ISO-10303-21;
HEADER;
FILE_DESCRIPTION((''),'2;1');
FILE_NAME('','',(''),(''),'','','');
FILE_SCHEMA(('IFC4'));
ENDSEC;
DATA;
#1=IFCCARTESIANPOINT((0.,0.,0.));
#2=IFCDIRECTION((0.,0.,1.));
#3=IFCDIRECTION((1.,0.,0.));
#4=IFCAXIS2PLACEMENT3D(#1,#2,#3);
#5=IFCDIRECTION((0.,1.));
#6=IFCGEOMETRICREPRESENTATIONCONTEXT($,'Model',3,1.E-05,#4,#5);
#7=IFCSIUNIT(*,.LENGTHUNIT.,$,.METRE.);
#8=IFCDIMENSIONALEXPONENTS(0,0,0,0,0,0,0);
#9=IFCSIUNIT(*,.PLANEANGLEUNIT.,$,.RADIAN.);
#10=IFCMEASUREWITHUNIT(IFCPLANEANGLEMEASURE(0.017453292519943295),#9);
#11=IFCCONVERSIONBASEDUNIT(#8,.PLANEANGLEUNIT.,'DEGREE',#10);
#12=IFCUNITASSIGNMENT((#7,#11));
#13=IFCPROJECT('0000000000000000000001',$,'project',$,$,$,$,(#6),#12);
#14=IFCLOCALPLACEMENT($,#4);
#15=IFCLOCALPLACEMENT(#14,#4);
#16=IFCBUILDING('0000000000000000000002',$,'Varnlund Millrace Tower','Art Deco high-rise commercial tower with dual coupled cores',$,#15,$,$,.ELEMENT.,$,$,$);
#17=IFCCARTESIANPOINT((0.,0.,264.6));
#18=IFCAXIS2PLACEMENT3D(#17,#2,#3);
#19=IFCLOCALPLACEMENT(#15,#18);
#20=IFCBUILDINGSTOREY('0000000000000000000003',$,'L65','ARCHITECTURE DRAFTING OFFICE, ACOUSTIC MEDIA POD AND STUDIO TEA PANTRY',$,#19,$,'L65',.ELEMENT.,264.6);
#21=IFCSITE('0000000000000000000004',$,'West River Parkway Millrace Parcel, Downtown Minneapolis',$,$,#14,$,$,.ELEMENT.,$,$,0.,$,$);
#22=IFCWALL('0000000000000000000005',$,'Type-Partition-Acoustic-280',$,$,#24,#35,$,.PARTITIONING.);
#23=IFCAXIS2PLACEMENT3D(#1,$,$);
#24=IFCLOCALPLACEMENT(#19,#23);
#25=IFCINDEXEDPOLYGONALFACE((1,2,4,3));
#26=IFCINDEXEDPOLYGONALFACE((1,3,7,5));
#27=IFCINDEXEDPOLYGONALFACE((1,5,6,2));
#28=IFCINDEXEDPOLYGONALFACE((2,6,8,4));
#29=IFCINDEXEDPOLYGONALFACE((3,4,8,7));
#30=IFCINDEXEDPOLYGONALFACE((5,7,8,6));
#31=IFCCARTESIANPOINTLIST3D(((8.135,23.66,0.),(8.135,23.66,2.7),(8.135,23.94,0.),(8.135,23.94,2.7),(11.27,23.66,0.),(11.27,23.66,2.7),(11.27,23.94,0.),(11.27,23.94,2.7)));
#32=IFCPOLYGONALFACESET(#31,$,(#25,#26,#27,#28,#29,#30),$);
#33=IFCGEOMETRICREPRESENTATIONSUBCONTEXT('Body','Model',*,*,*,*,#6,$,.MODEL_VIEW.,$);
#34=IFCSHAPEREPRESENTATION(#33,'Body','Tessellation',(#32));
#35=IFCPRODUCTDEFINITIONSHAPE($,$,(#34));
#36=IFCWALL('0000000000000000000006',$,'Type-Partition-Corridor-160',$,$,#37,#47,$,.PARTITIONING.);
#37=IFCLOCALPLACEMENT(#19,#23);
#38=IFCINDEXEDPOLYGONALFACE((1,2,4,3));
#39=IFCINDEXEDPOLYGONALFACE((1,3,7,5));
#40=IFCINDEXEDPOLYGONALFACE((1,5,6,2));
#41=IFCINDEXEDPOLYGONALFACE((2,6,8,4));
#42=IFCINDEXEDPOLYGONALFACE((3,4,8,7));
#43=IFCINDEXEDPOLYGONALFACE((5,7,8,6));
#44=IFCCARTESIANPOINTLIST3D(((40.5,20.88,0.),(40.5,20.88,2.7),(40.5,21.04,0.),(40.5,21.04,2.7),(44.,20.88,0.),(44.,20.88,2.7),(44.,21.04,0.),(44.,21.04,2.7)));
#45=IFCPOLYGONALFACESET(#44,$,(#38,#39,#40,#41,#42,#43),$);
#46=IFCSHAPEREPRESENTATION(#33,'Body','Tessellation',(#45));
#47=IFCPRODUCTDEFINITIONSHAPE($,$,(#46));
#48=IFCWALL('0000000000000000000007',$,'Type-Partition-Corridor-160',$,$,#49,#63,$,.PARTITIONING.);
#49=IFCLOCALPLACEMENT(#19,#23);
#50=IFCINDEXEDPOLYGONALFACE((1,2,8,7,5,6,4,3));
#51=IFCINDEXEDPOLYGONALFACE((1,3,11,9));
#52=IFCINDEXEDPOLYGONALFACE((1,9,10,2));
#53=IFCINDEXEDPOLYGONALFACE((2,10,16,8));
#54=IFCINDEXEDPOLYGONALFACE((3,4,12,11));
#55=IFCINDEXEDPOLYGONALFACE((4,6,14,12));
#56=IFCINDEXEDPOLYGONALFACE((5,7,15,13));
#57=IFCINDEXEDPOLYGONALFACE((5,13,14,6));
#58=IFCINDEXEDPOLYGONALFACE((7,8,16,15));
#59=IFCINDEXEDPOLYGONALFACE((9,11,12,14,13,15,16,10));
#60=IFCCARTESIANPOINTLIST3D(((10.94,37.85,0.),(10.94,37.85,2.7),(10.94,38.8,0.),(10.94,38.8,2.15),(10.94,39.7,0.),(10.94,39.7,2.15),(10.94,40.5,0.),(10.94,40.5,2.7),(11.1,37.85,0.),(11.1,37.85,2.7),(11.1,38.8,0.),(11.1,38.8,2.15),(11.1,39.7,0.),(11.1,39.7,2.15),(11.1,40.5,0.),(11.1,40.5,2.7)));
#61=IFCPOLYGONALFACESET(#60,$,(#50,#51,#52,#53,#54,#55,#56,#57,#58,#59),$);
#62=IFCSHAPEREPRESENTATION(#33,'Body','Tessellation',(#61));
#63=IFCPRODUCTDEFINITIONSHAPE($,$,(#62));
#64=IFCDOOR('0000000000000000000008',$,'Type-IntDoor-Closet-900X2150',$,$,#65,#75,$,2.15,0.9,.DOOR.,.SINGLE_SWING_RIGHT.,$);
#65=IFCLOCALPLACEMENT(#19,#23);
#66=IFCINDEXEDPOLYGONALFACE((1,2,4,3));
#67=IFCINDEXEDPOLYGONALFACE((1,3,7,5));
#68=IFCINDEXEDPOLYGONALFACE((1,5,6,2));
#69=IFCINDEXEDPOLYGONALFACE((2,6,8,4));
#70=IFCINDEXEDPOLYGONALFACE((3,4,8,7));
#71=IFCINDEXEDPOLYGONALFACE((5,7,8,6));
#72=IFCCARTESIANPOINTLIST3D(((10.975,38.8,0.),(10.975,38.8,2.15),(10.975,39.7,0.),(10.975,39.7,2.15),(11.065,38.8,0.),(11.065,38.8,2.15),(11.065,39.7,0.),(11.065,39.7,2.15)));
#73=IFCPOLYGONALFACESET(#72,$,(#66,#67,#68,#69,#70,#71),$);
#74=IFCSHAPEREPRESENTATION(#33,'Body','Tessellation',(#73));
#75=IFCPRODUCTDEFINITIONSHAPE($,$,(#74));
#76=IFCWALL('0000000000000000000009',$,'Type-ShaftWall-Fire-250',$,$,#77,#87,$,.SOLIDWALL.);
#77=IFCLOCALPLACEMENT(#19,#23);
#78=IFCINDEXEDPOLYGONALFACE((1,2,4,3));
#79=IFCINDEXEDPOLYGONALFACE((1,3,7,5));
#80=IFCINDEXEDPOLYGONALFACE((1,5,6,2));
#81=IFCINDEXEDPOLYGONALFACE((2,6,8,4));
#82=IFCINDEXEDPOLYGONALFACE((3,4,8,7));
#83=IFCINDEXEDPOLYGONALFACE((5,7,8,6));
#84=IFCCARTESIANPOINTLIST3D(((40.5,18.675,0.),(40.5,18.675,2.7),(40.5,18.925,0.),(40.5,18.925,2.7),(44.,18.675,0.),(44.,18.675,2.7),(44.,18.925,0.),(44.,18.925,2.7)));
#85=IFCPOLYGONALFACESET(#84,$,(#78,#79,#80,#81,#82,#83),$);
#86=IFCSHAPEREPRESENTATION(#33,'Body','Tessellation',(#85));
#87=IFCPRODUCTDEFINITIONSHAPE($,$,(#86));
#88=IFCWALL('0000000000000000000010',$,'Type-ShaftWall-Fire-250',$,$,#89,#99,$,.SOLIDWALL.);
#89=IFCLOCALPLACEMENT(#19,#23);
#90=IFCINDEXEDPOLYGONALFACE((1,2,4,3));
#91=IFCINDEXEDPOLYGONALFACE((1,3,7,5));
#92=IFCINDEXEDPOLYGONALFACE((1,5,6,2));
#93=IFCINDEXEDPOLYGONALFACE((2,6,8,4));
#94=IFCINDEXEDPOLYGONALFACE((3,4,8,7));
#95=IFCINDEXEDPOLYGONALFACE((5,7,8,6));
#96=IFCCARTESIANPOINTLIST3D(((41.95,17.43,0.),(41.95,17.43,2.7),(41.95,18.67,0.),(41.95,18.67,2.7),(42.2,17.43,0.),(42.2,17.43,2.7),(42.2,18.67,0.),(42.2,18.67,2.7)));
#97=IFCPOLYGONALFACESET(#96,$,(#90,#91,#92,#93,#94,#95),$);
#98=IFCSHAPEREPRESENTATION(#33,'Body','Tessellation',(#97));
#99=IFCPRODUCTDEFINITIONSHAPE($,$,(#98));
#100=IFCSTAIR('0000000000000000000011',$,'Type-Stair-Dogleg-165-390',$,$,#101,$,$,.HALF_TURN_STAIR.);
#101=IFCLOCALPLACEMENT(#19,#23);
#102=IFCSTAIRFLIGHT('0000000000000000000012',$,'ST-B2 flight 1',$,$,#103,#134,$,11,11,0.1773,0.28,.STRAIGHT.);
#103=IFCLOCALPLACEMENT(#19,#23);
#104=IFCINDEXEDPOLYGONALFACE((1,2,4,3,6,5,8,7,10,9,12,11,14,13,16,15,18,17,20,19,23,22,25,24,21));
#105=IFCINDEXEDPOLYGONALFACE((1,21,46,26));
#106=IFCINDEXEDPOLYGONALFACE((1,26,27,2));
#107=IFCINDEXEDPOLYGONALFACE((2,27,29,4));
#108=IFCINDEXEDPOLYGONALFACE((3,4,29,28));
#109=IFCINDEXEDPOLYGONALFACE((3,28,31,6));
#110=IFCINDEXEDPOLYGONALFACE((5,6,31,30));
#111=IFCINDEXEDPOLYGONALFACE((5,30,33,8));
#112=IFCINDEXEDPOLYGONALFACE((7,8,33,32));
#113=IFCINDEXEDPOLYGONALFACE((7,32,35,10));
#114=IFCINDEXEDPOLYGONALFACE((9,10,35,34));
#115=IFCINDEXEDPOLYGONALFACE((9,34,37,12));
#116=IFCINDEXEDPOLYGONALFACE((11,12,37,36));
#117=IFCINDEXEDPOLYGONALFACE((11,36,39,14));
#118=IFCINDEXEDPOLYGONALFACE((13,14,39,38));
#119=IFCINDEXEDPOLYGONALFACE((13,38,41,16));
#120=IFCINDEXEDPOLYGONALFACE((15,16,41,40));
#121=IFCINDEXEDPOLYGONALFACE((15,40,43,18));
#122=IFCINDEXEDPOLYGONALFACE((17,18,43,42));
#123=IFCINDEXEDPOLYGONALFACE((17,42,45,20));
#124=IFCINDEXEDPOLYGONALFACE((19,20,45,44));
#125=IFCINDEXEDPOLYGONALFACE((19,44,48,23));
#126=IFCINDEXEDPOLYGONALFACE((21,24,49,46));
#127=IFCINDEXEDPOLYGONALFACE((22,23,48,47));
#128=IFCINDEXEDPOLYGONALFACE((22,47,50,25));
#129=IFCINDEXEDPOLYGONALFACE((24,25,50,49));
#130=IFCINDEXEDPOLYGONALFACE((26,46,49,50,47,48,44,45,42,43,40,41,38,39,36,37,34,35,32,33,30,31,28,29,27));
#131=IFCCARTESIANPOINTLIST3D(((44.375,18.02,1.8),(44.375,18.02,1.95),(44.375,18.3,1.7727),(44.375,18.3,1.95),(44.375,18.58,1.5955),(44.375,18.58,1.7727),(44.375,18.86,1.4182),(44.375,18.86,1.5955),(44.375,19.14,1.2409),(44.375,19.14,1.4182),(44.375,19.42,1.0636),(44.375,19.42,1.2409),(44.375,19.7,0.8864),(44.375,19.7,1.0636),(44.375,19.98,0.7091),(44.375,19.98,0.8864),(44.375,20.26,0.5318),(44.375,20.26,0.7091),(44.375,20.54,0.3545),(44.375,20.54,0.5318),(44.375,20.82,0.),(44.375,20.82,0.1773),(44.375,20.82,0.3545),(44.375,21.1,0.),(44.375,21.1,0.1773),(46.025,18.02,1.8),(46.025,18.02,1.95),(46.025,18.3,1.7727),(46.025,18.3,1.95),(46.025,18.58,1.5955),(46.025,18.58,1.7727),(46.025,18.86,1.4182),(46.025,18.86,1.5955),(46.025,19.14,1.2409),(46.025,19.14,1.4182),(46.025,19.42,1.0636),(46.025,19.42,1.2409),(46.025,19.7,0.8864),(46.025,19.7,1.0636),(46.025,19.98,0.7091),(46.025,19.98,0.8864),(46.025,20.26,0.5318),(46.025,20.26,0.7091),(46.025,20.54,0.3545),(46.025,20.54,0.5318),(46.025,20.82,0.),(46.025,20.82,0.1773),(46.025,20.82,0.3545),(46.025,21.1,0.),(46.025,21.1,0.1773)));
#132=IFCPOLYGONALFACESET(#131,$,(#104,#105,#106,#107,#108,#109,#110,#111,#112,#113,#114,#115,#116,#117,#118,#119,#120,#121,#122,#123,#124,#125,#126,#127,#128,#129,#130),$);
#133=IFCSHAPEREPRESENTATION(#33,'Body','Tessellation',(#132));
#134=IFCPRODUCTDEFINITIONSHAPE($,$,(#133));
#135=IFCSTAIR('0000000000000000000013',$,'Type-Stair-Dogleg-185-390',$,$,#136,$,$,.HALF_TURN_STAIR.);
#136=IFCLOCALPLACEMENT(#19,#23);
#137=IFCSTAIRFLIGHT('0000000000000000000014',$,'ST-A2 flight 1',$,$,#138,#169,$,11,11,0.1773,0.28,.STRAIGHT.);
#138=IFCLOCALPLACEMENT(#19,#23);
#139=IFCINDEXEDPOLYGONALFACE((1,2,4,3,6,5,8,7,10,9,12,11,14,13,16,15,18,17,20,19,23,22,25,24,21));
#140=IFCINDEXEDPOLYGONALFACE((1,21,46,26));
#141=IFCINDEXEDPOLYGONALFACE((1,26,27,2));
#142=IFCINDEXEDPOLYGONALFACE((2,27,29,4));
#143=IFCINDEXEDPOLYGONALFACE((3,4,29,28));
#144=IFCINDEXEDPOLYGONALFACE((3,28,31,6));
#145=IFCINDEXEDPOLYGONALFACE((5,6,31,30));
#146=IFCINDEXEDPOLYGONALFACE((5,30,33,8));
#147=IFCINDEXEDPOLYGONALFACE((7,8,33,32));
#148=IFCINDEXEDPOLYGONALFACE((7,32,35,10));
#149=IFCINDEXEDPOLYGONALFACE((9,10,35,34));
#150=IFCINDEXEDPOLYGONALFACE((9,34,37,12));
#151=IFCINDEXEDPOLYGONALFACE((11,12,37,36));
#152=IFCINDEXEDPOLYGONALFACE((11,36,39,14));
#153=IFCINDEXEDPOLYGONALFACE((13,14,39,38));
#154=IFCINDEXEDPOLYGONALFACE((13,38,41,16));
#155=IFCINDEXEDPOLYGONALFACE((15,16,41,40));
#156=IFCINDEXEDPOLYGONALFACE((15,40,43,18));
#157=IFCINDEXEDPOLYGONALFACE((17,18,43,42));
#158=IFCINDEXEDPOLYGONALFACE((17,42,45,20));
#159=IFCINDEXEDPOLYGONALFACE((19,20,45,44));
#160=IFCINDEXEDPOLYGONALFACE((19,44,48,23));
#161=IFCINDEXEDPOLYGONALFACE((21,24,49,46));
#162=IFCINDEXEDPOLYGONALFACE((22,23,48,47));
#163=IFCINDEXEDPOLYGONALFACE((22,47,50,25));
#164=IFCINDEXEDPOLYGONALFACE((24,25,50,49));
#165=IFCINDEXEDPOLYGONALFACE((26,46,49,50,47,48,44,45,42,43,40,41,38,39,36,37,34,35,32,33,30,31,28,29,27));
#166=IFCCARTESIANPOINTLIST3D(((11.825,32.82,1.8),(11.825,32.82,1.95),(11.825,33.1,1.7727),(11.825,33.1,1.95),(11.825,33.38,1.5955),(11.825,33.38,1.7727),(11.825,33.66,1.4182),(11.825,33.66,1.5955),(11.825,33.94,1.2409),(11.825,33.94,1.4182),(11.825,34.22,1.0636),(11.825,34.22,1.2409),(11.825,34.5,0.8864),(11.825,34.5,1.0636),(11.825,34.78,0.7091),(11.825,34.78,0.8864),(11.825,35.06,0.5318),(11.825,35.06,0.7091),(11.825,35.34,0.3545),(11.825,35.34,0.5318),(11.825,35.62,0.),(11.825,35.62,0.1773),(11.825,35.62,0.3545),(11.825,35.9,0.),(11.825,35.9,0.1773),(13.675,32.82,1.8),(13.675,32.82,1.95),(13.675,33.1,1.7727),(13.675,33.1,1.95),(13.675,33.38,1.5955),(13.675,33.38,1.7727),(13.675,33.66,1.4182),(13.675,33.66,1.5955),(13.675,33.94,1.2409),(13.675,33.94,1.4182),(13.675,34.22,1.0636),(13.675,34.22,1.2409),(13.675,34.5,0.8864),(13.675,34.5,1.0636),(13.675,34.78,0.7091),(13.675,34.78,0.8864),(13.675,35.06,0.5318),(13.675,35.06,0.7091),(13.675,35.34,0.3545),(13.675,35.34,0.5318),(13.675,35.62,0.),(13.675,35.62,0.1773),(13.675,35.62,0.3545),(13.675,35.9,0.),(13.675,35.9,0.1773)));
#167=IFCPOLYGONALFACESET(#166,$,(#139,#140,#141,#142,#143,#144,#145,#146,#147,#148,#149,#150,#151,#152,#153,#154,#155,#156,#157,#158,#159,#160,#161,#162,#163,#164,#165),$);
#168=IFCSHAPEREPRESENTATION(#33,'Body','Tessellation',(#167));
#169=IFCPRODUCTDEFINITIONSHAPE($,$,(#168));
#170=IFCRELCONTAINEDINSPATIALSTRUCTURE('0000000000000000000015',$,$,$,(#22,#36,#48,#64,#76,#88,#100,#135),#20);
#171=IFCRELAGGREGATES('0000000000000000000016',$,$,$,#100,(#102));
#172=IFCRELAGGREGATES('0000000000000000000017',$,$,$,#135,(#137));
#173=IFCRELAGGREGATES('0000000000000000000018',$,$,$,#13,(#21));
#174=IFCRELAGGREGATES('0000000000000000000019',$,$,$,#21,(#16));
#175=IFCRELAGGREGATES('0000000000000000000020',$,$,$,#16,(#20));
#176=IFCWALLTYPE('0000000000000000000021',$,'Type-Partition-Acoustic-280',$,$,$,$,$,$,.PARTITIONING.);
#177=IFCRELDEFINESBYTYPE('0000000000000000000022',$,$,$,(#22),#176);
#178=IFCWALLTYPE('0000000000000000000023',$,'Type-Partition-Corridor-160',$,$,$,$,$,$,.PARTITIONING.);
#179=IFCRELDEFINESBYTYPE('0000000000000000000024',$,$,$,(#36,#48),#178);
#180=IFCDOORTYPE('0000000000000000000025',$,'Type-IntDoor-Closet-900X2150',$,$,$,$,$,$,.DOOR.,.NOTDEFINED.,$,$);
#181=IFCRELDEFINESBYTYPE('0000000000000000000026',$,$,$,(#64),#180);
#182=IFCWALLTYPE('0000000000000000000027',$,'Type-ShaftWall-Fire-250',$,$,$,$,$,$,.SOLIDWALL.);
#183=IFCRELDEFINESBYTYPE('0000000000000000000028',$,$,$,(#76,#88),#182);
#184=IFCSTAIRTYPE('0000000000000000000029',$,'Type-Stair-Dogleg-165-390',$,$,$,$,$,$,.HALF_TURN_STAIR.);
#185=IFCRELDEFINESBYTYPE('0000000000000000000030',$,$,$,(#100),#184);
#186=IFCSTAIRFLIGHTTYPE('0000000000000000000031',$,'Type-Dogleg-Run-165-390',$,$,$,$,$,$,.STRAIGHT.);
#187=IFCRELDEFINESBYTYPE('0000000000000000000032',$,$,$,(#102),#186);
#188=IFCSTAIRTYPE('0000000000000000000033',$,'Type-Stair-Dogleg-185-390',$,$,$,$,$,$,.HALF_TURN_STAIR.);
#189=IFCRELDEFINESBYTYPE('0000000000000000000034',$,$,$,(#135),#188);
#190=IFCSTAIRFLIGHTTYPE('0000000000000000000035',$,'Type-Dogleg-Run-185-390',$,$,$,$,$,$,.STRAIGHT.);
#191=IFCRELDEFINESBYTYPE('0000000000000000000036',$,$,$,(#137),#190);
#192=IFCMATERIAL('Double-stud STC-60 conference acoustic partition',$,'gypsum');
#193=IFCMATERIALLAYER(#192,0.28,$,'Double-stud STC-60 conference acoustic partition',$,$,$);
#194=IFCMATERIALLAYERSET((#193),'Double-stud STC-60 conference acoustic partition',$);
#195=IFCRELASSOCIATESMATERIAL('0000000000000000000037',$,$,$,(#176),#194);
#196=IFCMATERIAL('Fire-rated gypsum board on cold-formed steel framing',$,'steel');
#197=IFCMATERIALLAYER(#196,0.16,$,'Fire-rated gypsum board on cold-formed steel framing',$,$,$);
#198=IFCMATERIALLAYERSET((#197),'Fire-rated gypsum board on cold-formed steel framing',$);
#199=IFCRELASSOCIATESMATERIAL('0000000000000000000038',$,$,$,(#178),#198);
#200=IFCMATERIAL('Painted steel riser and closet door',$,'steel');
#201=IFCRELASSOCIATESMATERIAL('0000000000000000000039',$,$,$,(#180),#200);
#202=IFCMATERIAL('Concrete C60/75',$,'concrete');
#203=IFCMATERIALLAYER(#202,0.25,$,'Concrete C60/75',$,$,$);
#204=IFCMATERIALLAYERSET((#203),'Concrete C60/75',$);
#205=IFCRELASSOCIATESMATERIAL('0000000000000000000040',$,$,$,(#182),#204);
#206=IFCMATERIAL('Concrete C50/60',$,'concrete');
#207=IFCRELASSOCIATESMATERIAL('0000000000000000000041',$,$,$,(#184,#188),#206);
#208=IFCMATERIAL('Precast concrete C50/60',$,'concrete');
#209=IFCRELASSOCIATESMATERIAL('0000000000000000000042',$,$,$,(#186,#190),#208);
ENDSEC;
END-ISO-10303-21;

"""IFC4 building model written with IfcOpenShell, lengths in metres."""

from ifc_helpers import new_model, entity, si_unit, converted_unit, direction, frame, origin_with_axes, origin_2d_with_axis, place, context, subcontext, project, spatial, polyline, rectangle, outline, extrude, material, layer, layer_set, type_object, element, fill, aggregate, save


model = new_model("IFC4")

# Units and contexts
model_context = context("Model", 3, precision=1e-05, world=origin_with_axes(), true_north=direction((0.0, 1.0)))
body_context = subcontext(model_context, "Body", "Model", "MODEL_VIEW")
ifc_project = project(units=[si_unit("LENGTHUNIT", "METRE"), converted_unit("PLANEANGLEUNIT", "DEGREE", entity("IfcPlaneAngleMeasure", 0.017453292519943295), si_unit("PLANEANGLEUNIT", "RADIAN"), dimensions=[0, 0, 0, 0, 0, 0, 0])], contexts=[model_context])

# Site, building, storey
site_placement = place(None, origin_with_axes())
site = spatial("IfcSite", under=ifc_project, at=site_placement, Name="West River Parkway Millrace Parcel, Downtown Minneapolis", CompositionType="ELEMENT", RefElevation=0.0)
building_placement = place(site_placement, origin_with_axes())
building = spatial("IfcBuilding", under=site, at=building_placement, Name="Varnlund Millrace Tower", Description="Art Deco high-rise commercial tower with dual coupled cores", CompositionType="ELEMENT")
storey_placement = place(building_placement, frame((0.0, 0.0, 264.6), z_axis=(0.0, 0.0, 1.0), x_axis=(1.0, 0.0, 0.0)))
storey = spatial("IfcBuildingStorey", under=building, at=storey_placement, Name="L65", Description="ARCHITECTURE DRAFTING OFFICE, ACOUSTIC MEDIA POD AND STUDIO TEA PANTRY", LongName="L65", CompositionType="ELEMENT", Elevation=264.6)

# Shared definitions
ifc_material_1 = material(Name="Concrete C60/75", Category="concrete")

# Walls
ifc_material_2 = material(Name="Double-stud STC-60 conference acoustic partition", Category="gypsum")
ifc_layer_1 = layer(ifc_material_2, 0.28, Name="Double-stud STC-60 conference acoustic partition")
ifc_layer_set_1 = layer_set([ifc_layer_1], Name="Double-stud STC-60 conference acoustic partition")
wall_type_1 = type_object("IfcWallType", Name="Type-Partition-Acoustic-280", PredefinedType="PARTITIONING", material=ifc_layer_set_1)
wall_1_placement = place(storey_placement, frame((8.135, 23.8, 0.0), z_axis=(0.0, 0.0, 1.0), x_axis=(1.0, 0.0, 0.0)))
element("IfcWall", 1, at=wall_1_placement, inside=storey, type_object=wall_type_1, Name="Type-Partition-Acoustic-280", PredefinedType="PARTITIONING", context=body_context, shape_type="SweptSolid", body=[
    extrude(outline(polyline([(0.0, -0.14), (3.135, -0.14), (3.135, 0.14), (0.0, 0.14), (0.0, -0.14)])), origin_with_axes(), (0.0, 0.0, 1.0), 2.7),
])
ifc_material_3 = material(Name="Fire-rated gypsum board on cold-formed steel framing", Category="steel")
ifc_layer_2 = layer(ifc_material_3, 0.16, Name="Fire-rated gypsum board on cold-formed steel framing")
ifc_layer_set_2 = layer_set([ifc_layer_2], Name="Fire-rated gypsum board on cold-formed steel framing")
wall_type_2 = type_object("IfcWallType", Name="Type-Partition-Corridor-160", PredefinedType="PARTITIONING", material=ifc_layer_set_2)
wall_2_placement = place(storey_placement, frame((40.5, 20.96, 0.0), z_axis=(0.0, 0.0, 1.0), x_axis=(1.0, 0.0, 0.0)))
element("IfcWall", 2, at=wall_2_placement, inside=storey, type_object=wall_type_2, Name="Type-Partition-Corridor-160", PredefinedType="PARTITIONING", context=body_context, shape_type="SweptSolid", body=[
    extrude(outline(polyline([(0.0, -0.08), (3.5, -0.08), (3.5, 0.08), (0.0, 0.08), (0.0, -0.08)])), origin_with_axes(), (0.0, 0.0, 1.0), 2.7),
])

# Wall, opening, door
wall_3_placement = place(storey_placement, frame((11.02, 37.85, 0.0), z_axis=(0.0, 0.0, 1.0), x_axis=(0.0, 1.0, 0.0)))
wall_3 = element("IfcWall", 3, at=wall_3_placement, inside=storey, type_object=wall_type_2, Name="Type-Partition-Corridor-160", PredefinedType="PARTITIONING", context=body_context, shape_type="SweptSolid", body=[
    extrude(outline(polyline([(0.0, -0.08), (2.65, -0.08), (2.65, 0.08), (0.0, 0.08), (0.0, -0.08)])), origin_with_axes(), (0.0, 0.0, 1.0), 2.7),
])
opening_1_placement = place(wall_3_placement, frame((1.4, 0.0, 0.0), z_axis=(0.0, 0.0, 1.0), x_axis=(1.0, 0.0, 0.0)))
opening_1 = element("IfcOpeningElement", 4, at=opening_1_placement, cuts=wall_3, PredefinedType="OPENING", context=body_context, shape_type="SweptSolid", body=[
    extrude(rectangle(XDim=0.9, YDim=0.18, at=origin_2d_with_axis()), origin_with_axes(), (0.0, 0.0, 1.0), 2.15),
])
ifc_material_4 = material(Name="Painted steel riser and closet door", Category="steel")
door_type_1 = type_object("IfcDoorType", Name="Type-IntDoor-Closet-900X2150", OperationType="NOTDEFINED", PredefinedType="DOOR", material=ifc_material_4)
door_1_placement = place(wall_3_placement, frame((1.4, 0.0, 0.0), z_axis=(0.0, 0.0, 1.0), x_axis=(1.0, 0.0, 0.0)))
door_1 = element("IfcDoor", 5, at=door_1_placement, inside=storey, type_object=door_type_1, Name="Type-IntDoor-Closet-900X2150", OperationType="SINGLE_SWING_RIGHT", OverallHeight=2.15, OverallWidth=0.9, PredefinedType="DOOR", context=body_context, shape_type="SweptSolid", body=[
    extrude(rectangle(XDim=0.9, YDim=0.09, at=origin_2d_with_axis()), origin_with_axes(), (0.0, 0.0, 1.0), 2.15),
])
fill(opening_1, door_1)

# Walls
ifc_layer_3 = layer(ifc_material_1, 0.25, Name="Concrete C60/75")
ifc_layer_set_3 = layer_set([ifc_layer_3], Name="Concrete C60/75")
wall_type_3 = type_object("IfcWallType", Name="Type-ShaftWall-Fire-250", PredefinedType="SOLIDWALL", material=ifc_layer_set_3)
wall_4_placement = place(storey_placement, frame((40.5, 18.8, 0.0), z_axis=(0.0, 0.0, 1.0), x_axis=(1.0, 0.0, 0.0)))
element("IfcWall", 6, at=wall_4_placement, inside=storey, type_object=wall_type_3, Name="Type-ShaftWall-Fire-250", PredefinedType="SOLIDWALL", context=body_context, shape_type="SweptSolid", body=[
    extrude(outline(polyline([(0.0, -0.125), (3.5, -0.125), (3.5, 0.125), (0.0, 0.125), (0.0, -0.125)])), origin_with_axes(), (0.0, 0.0, 1.0), 2.7),
])
wall_5_placement = place(storey_placement, frame((42.075, 17.43, 0.0), z_axis=(0.0, 0.0, 1.0), x_axis=(0.0, 1.0, 0.0)))
element("IfcWall", 7, at=wall_5_placement, inside=storey, type_object=wall_type_3, Name="Type-ShaftWall-Fire-250", PredefinedType="SOLIDWALL", context=body_context, shape_type="SweptSolid", body=[
    extrude(outline(polyline([(0.0, -0.125), (1.24, -0.125), (1.24, 0.125), (0.0, 0.125), (0.0, -0.125)])), origin_with_axes(), (0.0, 0.0, 1.0), 2.7),
])

# Stairs, stair flights
ifc_material_5 = material(Name="Concrete C50/60", Category="concrete")
stair_type_1 = type_object("IfcStairType", Name="Type-Stair-Dogleg-165-390", PredefinedType="HALF_TURN_STAIR", material=ifc_material_5)
stair_1_placement = place(storey_placement, origin_with_axes())
stair_1 = element("IfcStair", 8, at=stair_1_placement, inside=storey, type_object=stair_type_1, Name="Type-Stair-Dogleg-165-390", PredefinedType="HALF_TURN_STAIR")
ifc_material_6 = material(Name="Precast concrete C50/60", Category="concrete")
stair_flight_type_1 = type_object("IfcStairFlightType", Name="Type-Dogleg-Run-165-390", PredefinedType="STRAIGHT", material=ifc_material_6)
stair_flight_1_placement = place(storey_placement, frame((46.025, 21.1, 0.0), z_axis=(-1.0, 0.0, 0.0), x_axis=(0.0, -1.0, 0.0)))
stair_flight_1 = element("IfcStairFlight", 9, at=stair_flight_1_placement, type_object=stair_flight_type_1, Name="ST-B2 flight 1", NumberOfRisers=11, NumberOfTreads=11, PredefinedType="STRAIGHT", RiserHeight=0.1773, TreadLength=0.28, context=body_context, shape_type="SweptSolid", body=[
    extrude(outline(polyline([(0.0, 0.0), (0.0, 0.1773), (0.28, 0.1773), (0.28, 0.3545), (0.56, 0.3545), (0.56, 0.5318), (0.84, 0.5318), (0.84, 0.7091), (1.12, 0.7091), (1.12, 0.8864), (1.4, 0.8864), (1.4, 1.0636), (1.68, 1.0636), (1.68, 1.2409), (1.96, 1.2409), (1.96, 1.4182), (2.24, 1.4182), (2.24, 1.5955), (2.52, 1.5955), (2.52, 1.7727), (2.8, 1.7727), (2.8, 1.95), (3.08, 1.95), (3.08, 1.8), (0.28, 0.0), (0.0, 0.0)])), origin_with_axes(), (0.0, 0.0, 1.0), 1.65),
])
aggregate(stair_1, [stair_flight_1])
stair_type_2 = type_object("IfcStairType", Name="Type-Stair-Dogleg-185-390", PredefinedType="HALF_TURN_STAIR", material=ifc_material_5)
stair_2_placement = place(storey_placement, origin_with_axes())
stair_2 = element("IfcStair", 10, at=stair_2_placement, inside=storey, type_object=stair_type_2, Name="Type-Stair-Dogleg-185-390", PredefinedType="HALF_TURN_STAIR")
stair_flight_type_2 = type_object("IfcStairFlightType", Name="Type-Dogleg-Run-185-390", PredefinedType="STRAIGHT", material=ifc_material_6)
stair_flight_2_placement = place(storey_placement, frame((13.675, 35.9, 0.0), z_axis=(-1.0, 0.0, 0.0), x_axis=(0.0, -1.0, 0.0)))
stair_flight_2 = element("IfcStairFlight", 11, at=stair_flight_2_placement, type_object=stair_flight_type_2, Name="ST-A2 flight 1", NumberOfRisers=11, NumberOfTreads=11, PredefinedType="STRAIGHT", RiserHeight=0.1773, TreadLength=0.28, context=body_context, shape_type="SweptSolid", body=[
    extrude(outline(polyline([(0.0, 0.0), (0.0, 0.1773), (0.28, 0.1773), (0.28, 0.3545), (0.56, 0.3545), (0.56, 0.5318), (0.84, 0.5318), (0.84, 0.7091), (1.12, 0.7091), (1.12, 0.8864), (1.4, 0.8864), (1.4, 1.0636), (1.68, 1.0636), (1.68, 1.2409), (1.96, 1.2409), (1.96, 1.4182), (2.24, 1.4182), (2.24, 1.5955), (2.52, 1.5955), (2.52, 1.7727), (2.8, 1.7727), (2.8, 1.95), (3.08, 1.95), (3.08, 1.8), (0.28, 0.0), (0.0, 0.0)])), origin_with_axes(), (0.0, 0.0, 1.0), 1.85),
])
aggregate(stair_2, [stair_flight_2])

save(model, "model.ifc")
